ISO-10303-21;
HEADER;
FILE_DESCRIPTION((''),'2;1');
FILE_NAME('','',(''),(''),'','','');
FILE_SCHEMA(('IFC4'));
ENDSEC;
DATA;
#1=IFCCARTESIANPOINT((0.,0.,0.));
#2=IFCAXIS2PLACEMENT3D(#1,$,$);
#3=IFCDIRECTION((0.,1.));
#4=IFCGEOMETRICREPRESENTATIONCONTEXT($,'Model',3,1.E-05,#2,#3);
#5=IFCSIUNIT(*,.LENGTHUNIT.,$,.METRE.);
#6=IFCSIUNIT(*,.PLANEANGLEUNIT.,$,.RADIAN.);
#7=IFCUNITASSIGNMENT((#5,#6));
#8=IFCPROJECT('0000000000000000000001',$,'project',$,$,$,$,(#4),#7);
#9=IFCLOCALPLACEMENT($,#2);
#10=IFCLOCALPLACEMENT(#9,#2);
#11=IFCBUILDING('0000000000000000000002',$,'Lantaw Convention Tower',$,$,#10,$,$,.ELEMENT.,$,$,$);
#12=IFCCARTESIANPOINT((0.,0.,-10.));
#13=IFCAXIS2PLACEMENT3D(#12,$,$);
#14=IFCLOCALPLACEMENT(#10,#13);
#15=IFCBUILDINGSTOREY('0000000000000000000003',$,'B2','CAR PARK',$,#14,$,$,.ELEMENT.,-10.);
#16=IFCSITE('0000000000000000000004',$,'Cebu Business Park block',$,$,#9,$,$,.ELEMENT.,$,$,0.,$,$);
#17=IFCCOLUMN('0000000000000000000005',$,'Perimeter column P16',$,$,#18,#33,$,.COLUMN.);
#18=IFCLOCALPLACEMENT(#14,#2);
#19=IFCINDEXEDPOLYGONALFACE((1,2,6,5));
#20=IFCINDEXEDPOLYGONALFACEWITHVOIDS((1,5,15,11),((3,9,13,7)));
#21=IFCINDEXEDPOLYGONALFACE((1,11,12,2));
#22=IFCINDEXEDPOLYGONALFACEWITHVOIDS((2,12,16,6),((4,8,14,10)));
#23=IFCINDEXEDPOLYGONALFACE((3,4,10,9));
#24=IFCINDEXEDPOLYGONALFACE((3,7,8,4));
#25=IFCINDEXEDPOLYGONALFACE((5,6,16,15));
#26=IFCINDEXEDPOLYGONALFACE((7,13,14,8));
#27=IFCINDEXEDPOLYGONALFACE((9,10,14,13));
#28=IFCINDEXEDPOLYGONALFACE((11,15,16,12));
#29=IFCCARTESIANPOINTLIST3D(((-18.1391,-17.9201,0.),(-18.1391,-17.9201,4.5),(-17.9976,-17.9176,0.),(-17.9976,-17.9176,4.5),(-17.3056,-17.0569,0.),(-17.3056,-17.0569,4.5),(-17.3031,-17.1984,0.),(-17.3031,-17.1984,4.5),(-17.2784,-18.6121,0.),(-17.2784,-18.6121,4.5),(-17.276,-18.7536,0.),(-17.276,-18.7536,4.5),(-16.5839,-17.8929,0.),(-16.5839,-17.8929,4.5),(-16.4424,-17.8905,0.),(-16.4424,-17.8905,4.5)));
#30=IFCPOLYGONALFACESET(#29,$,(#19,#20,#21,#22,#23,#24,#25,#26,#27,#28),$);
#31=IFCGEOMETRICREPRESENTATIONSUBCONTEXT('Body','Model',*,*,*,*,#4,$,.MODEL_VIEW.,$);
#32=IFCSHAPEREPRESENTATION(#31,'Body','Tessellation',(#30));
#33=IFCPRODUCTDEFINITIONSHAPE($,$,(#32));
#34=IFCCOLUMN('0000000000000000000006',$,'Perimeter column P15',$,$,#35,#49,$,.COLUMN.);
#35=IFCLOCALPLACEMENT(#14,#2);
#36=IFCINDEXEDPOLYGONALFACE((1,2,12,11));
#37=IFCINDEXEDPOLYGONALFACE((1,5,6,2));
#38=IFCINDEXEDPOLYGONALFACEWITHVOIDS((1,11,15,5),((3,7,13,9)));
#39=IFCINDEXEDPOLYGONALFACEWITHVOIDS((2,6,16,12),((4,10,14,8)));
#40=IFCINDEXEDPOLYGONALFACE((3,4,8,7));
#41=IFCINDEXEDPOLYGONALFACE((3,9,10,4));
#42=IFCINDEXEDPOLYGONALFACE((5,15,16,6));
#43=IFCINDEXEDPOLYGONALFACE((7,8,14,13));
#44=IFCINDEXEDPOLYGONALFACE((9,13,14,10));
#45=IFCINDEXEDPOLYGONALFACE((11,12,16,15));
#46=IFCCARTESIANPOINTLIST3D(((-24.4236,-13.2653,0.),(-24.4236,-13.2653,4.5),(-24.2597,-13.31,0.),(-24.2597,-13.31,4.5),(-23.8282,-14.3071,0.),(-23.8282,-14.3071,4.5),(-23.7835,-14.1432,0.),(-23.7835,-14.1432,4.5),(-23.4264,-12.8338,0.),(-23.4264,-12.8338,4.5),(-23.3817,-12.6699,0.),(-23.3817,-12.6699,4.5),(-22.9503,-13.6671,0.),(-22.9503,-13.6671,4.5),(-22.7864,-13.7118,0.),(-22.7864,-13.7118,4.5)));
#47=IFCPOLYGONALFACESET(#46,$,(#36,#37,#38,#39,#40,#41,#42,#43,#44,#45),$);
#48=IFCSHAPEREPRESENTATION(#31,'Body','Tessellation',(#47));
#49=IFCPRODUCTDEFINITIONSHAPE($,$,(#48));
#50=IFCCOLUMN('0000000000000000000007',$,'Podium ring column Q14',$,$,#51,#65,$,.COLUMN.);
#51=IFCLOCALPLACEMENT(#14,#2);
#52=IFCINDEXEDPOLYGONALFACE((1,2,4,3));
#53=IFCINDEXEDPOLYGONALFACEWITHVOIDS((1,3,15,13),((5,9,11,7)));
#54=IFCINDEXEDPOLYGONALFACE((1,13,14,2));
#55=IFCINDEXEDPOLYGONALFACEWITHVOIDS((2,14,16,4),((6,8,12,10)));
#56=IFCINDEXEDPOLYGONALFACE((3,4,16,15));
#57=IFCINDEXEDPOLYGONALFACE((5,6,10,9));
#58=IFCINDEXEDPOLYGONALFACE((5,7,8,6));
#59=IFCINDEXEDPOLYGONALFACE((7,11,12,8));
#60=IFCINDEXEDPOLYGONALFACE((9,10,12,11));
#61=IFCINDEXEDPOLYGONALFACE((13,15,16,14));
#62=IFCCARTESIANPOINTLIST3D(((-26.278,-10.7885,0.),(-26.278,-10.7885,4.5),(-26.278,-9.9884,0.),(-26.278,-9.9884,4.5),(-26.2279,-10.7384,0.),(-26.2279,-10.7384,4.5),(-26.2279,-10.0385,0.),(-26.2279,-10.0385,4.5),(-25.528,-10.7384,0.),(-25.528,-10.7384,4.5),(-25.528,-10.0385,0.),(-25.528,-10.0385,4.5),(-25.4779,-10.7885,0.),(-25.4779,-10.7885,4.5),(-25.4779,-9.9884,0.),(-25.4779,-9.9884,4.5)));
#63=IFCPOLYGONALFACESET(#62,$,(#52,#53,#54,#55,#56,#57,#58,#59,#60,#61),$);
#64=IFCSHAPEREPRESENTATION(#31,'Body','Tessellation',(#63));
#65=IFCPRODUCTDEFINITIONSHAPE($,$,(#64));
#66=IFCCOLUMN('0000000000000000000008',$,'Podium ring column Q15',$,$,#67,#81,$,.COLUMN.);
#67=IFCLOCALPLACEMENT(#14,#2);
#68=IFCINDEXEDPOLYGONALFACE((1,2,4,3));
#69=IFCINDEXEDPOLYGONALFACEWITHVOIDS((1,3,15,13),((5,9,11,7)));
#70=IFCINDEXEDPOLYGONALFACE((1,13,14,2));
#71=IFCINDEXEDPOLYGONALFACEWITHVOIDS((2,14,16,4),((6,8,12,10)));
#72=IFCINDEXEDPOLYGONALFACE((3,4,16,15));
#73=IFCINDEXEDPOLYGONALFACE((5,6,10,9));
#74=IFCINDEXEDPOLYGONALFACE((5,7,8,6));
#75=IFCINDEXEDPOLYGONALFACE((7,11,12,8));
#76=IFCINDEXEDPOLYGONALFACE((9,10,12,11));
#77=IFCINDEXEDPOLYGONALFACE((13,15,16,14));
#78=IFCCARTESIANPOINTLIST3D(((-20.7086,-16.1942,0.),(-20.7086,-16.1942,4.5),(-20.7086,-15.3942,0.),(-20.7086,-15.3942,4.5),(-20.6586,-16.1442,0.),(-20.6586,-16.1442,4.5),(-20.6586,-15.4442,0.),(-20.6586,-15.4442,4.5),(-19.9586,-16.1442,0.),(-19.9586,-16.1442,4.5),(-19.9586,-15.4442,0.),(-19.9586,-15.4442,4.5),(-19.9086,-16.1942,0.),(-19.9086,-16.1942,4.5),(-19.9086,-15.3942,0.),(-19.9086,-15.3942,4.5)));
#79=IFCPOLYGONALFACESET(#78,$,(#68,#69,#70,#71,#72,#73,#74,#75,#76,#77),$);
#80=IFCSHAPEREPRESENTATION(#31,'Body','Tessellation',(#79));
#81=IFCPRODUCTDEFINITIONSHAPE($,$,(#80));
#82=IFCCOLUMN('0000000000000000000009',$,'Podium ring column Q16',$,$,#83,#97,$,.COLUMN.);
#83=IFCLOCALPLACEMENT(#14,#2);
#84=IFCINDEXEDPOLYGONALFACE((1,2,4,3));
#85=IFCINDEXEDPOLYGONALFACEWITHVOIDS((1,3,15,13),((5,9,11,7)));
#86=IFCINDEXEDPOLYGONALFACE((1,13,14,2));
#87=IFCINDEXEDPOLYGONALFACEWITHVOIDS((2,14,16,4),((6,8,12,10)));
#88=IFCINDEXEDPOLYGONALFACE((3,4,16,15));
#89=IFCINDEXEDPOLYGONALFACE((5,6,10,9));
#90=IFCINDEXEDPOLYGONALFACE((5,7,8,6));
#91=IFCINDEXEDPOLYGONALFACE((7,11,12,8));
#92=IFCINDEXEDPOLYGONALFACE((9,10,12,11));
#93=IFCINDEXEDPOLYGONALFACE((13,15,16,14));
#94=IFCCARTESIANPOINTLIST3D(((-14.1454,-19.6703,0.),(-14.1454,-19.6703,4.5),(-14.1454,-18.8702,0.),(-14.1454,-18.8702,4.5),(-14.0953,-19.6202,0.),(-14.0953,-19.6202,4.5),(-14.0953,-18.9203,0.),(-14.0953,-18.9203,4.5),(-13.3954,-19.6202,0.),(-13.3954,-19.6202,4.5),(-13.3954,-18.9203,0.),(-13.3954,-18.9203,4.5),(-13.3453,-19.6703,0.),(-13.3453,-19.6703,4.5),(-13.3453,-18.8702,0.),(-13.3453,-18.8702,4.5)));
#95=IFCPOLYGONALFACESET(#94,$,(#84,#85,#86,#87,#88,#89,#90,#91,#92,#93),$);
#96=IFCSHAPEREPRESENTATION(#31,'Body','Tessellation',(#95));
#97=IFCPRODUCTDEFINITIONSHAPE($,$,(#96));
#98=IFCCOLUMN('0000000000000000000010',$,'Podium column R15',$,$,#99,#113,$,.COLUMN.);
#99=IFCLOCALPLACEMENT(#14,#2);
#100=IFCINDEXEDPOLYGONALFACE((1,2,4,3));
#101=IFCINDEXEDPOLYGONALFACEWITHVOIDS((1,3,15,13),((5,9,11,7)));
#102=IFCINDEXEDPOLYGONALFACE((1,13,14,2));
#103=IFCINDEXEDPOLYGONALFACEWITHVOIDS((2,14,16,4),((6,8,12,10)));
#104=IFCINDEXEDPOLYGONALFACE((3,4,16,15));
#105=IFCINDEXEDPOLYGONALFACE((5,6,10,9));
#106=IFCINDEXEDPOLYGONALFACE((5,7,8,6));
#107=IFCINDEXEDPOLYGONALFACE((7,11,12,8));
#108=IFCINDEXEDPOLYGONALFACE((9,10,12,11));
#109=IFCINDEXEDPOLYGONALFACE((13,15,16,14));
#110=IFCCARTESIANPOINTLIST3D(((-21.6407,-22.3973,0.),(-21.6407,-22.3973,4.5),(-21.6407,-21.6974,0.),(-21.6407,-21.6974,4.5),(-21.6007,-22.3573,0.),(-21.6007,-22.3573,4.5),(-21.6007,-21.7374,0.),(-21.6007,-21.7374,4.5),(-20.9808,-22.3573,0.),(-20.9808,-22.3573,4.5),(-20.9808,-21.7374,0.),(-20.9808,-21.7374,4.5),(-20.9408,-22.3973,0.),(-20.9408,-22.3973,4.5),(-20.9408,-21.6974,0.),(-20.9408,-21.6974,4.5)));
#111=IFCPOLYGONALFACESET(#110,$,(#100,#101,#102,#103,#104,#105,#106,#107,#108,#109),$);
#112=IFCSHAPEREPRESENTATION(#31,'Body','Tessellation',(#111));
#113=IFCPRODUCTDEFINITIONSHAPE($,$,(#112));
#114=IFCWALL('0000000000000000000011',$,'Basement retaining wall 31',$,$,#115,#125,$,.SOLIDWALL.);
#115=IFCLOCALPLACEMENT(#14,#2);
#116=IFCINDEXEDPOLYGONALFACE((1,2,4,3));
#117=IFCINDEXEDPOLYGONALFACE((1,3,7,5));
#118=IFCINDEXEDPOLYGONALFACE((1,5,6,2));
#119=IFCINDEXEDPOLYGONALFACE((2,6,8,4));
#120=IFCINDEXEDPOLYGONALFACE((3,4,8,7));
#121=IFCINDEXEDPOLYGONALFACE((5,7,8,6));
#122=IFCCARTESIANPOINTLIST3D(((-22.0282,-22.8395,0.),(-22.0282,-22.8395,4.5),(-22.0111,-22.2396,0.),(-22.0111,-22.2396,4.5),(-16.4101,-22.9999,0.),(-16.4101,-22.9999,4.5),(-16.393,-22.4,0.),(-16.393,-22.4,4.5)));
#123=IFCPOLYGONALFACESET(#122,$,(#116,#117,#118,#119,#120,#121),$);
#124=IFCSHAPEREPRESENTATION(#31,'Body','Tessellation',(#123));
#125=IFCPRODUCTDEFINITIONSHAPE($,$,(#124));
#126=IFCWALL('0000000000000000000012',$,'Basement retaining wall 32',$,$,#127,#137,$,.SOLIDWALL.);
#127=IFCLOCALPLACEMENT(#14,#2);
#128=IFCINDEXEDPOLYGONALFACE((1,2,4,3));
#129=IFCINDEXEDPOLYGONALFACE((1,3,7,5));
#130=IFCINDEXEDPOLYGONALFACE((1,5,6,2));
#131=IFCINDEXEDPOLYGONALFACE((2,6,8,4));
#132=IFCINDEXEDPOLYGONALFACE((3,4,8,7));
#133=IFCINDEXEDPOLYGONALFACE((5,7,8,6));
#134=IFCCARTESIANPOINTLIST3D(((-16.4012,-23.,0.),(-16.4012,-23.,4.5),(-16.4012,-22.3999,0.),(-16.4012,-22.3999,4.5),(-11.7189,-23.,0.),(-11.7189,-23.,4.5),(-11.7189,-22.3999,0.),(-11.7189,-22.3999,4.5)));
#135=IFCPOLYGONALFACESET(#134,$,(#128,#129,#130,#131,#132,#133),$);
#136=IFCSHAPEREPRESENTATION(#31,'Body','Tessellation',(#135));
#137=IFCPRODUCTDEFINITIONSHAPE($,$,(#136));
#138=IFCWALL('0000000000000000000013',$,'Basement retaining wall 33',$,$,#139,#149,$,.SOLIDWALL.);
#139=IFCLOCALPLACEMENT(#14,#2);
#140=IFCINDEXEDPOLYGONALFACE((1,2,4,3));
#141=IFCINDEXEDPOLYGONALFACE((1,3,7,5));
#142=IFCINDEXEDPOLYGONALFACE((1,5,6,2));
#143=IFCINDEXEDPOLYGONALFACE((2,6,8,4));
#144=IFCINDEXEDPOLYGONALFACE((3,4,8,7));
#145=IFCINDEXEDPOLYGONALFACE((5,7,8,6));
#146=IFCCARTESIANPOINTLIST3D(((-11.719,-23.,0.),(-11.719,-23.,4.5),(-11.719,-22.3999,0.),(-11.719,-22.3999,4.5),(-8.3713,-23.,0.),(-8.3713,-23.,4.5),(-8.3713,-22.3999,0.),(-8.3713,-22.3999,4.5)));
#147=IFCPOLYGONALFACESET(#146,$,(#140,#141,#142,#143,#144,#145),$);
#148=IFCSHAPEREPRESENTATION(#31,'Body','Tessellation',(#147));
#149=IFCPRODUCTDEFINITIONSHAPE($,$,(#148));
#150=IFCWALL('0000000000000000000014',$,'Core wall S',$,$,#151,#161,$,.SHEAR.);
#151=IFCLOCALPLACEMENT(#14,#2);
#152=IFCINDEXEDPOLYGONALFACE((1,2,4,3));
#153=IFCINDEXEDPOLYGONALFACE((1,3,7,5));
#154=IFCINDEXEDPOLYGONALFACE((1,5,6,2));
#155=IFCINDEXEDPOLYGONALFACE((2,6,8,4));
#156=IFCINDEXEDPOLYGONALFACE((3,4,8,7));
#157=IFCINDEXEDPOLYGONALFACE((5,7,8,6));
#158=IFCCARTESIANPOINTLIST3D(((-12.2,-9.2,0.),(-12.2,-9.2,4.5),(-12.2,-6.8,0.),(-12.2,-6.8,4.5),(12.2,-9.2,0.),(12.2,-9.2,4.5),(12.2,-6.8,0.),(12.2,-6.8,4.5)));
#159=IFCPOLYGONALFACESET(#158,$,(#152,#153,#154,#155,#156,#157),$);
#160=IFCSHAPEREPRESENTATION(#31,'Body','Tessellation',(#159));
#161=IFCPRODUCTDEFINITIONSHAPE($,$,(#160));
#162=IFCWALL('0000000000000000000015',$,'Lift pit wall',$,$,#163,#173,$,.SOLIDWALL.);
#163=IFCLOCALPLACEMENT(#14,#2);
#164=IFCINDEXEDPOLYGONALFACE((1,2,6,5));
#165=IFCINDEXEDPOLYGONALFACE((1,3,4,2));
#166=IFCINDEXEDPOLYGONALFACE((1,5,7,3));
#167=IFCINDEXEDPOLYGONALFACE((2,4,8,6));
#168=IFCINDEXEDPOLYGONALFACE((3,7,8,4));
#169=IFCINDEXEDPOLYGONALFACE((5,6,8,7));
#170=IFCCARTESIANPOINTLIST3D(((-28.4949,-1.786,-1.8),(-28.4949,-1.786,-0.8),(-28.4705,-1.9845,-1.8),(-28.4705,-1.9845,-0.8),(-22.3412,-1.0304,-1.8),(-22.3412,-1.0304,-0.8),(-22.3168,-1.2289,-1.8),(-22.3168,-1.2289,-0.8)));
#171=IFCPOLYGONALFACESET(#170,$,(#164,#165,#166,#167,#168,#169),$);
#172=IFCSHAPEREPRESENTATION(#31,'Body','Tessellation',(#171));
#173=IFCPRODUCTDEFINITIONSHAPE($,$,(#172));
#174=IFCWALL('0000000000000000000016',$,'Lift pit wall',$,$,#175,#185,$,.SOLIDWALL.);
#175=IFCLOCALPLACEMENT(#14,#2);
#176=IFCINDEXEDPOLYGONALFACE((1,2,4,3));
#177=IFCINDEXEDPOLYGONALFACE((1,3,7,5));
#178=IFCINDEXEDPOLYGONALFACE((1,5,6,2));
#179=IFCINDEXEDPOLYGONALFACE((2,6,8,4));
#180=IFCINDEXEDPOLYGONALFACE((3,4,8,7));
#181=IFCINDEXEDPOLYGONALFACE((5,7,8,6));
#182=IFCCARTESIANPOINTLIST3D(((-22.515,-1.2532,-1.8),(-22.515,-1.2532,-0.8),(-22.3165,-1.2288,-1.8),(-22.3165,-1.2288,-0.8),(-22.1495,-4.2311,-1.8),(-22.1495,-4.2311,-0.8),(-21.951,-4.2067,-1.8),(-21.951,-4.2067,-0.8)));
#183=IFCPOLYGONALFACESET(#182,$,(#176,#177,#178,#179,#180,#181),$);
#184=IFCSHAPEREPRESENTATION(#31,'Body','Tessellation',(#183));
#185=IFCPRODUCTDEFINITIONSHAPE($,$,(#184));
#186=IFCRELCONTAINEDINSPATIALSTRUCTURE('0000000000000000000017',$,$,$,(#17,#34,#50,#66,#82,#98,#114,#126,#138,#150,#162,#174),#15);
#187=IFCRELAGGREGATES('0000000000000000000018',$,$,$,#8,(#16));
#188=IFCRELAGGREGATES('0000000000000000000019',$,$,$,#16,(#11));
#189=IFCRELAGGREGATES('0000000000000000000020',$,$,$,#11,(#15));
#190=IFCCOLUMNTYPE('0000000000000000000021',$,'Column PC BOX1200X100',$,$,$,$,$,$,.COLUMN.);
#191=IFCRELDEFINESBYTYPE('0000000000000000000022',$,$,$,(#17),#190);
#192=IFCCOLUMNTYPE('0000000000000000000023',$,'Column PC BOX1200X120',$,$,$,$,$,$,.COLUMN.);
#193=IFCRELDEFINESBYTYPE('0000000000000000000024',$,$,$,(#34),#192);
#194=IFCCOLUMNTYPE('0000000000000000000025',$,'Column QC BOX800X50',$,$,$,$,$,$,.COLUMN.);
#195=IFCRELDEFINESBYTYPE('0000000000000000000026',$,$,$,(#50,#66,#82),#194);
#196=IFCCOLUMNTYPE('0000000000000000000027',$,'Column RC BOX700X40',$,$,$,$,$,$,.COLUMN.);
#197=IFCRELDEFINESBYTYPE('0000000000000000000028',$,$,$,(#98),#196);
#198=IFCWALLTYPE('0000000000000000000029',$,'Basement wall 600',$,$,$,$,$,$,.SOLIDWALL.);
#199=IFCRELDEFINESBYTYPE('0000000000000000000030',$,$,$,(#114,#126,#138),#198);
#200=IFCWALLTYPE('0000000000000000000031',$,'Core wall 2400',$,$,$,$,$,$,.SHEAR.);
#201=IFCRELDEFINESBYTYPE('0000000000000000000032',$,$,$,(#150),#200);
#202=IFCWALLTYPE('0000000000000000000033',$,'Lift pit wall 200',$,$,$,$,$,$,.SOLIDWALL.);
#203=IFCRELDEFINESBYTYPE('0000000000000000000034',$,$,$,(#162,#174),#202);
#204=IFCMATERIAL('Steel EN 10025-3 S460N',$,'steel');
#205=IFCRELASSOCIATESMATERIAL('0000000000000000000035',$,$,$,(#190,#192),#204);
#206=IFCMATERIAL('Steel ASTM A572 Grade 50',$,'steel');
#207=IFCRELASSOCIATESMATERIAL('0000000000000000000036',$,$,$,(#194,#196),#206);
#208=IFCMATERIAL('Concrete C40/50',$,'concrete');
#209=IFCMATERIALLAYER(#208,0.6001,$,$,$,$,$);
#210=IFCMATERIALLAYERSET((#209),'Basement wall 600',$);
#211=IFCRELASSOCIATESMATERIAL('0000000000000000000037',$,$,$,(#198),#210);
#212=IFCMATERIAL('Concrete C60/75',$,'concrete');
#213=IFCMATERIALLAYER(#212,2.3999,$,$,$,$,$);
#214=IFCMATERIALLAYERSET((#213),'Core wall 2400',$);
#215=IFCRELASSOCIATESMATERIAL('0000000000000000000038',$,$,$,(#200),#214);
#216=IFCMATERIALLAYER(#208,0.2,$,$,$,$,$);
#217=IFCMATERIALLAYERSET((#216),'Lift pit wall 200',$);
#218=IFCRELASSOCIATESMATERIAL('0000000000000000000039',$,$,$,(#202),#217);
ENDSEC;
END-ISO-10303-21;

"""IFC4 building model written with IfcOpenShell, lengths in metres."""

from ifc_helpers import new_model, si_unit, direction, frame, frame_2d, origin, origin_2d, place, context, subcontext, project, spatial, rectangle, hollow_rectangle, extrude, material, layer, layer_set, material_profile, profile_set, type_object, element, save


model = new_model("IFC4")

# Units and contexts
model_context = context("Model", 3, precision=1e-05, world=origin(), true_north=direction((0.0, 1.0)))
body_context = subcontext(model_context, "Body", "Model", "MODEL_VIEW")
ifc_project = project(units=[si_unit("LENGTHUNIT", "METRE"), si_unit("PLANEANGLEUNIT", "RADIAN")], contexts=[model_context])

# Site, building, storey
site_placement = place(None, origin())
site = spatial("IfcSite", under=ifc_project, at=site_placement, Name="Cebu Business Park block", CompositionType="ELEMENT", RefElevation=0.0)
building_placement = place(site_placement, origin())
building = spatial("IfcBuilding", under=site, at=building_placement, Name="Lantaw Convention Tower", CompositionType="ELEMENT")
storey_placement = place(building_placement, frame((0.0, 0.0, -10.0)))
storey = spatial("IfcBuildingStorey", under=building, at=storey_placement, Name="B2", Description="CAR PARK", CompositionType="ELEMENT", Elevation=-10.0)

# Columns
ifc_material_1 = material(Name="Steel EN 10025-3 S460N", Category="steel")
ifc_material_2 = material(Name="Concrete C60/75", Category="concrete")
ifc_material_profile_1 = material_profile(ifc_material_1, hollow_rectangle(XDim=1.2, YDim=1.2, WallThickness=0.1001, at=origin_2d()), Name="BOX1200X100")
ifc_material_profile_2 = material_profile(ifc_material_2, rectangle(XDim=1.0, YDim=1.0, at=origin_2d()), Name="Concrete fill of BOX1200X100")
ifc_profile_set_1 = profile_set([ifc_material_profile_1, ifc_material_profile_2], Name="Steel EN 10025-3 S460N")
column_type_1 = type_object("IfcColumnType", Name="Column PC BOX1200X100", PredefinedType="COLUMN", material=ifc_profile_set_1)
column_1_placement = place(storey_placement, frame((-17.2908, -17.9053, 0.0), z_axis=(0.0, 0.0, 1.0), x_axis=(0.694658, 0.71934, 0.0)))
element("IfcColumn", 1, at=column_1_placement, inside=storey, type_object=column_type_1, Name="Perimeter column P16", PredefinedType="COLUMN", context=body_context, shape_type="SweptSolid", body=[
    extrude(hollow_rectangle(XDim=1.2, YDim=1.2, WallThickness=0.1001, at=origin_2d()), origin(), (0.0, 0.0, 1.0), 4.5),
])
ifc_material_profile_3 = material_profile(ifc_material_1, hollow_rectangle(XDim=1.2, YDim=1.2, WallThickness=0.1201, at=origin_2d()), Name="BOX1200X120")
ifc_material_profile_4 = material_profile(ifc_material_2, rectangle(XDim=0.96, YDim=0.96, at=origin_2d()), Name="Concrete fill of BOX1200X120")
ifc_profile_set_2 = profile_set([ifc_material_profile_3, ifc_material_profile_4], Name="Steel EN 10025-3 S460N")
column_type_2 = type_object("IfcColumnType", Name="Column PC BOX1200X120", PredefinedType="COLUMN", material=ifc_profile_set_2)
column_2_placement = place(storey_placement, frame((-23.605, -13.4885, 0.0), z_axis=(0.0, 0.0, 1.0), x_axis=(0.868243, 0.496139, 0.0)))
element("IfcColumn", 2, at=column_2_placement, inside=storey, type_object=column_type_2, Name="Perimeter column P15", PredefinedType="COLUMN", context=body_context, shape_type="SweptSolid", body=[
    extrude(hollow_rectangle(XDim=1.2, YDim=1.2, WallThickness=0.1201, at=origin_2d()), origin(), (0.0, 0.0, 1.0), 4.5),
])
ifc_material_3 = material(Name="Steel ASTM A572 Grade 50", Category="steel")
ifc_material_profile_5 = material_profile(ifc_material_3, hollow_rectangle(XDim=0.8, YDim=0.8, WallThickness=0.05, at=origin_2d()), Name="BOX800X50")
ifc_profile_set_3 = profile_set([ifc_material_profile_5], Name="Steel ASTM A572 Grade 50")
column_type_3 = type_object("IfcColumnType", Name="Column QC BOX800X50", PredefinedType="COLUMN", material=ifc_profile_set_3)
for number, where, z_axis, x_axis, name in (
    (3, (-25.8779, -10.3884, 0.0), (0.0, 0.0, 1.0), (1.0, 0.0, 0.0), "Podium ring column Q14"),
    (4, (-20.3086, -15.7942, 0.0), (0.0, 0.0, 1.0), (1.0, 0.0, 0.0), "Podium ring column Q15"),
    (5, (-13.7454, -19.2703, 0.0), (0.0, 0.0, 1.0), (1.0, 0.0, 0.0), "Podium ring column Q16"),
):
    element("IfcColumn", number, at=place(storey_placement, frame(where, z_axis=z_axis, x_axis=x_axis)), inside=storey, type_object=column_type_3, Name=name, PredefinedType="COLUMN", context=body_context, shape_type="SweptSolid", body=[
        extrude(hollow_rectangle(XDim=0.8, YDim=0.8, WallThickness=0.05, at=origin_2d()), origin(), (0.0, 0.0, 1.0), 4.5),
    ])
ifc_material_profile_6 = material_profile(ifc_material_3, hollow_rectangle(XDim=0.7, YDim=0.7, WallThickness=0.04, at=origin_2d()), Name="BOX700X40")
ifc_profile_set_4 = profile_set([ifc_material_profile_6], Name="Steel ASTM A572 Grade 50")
column_type_4 = type_object("IfcColumnType", Name="Column RC BOX700X40", PredefinedType="COLUMN", material=ifc_profile_set_4)
column_3_placement = place(storey_placement, frame((-21.2908, -22.0474, 0.0), z_axis=(0.0, 0.0, 1.0), x_axis=(1.0, 0.0, 0.0)))
element("IfcColumn", 6, at=column_3_placement, inside=storey, type_object=column_type_4, Name="Podium column R15", PredefinedType="COLUMN", context=body_context, shape_type="SweptSolid", body=[
    extrude(hollow_rectangle(XDim=0.7, YDim=0.7, WallThickness=0.04, at=origin_2d()), origin(), (0.0, 0.0, 1.0), 4.5),
])

# Walls
ifc_material_4 = material(Name="Concrete C40/50", Category="concrete")
ifc_layer_1 = layer(ifc_material_4, 0.6001)
ifc_layer_set_1 = layer_set([ifc_layer_1], Name="Basement wall 600")
wall_type_1 = type_object("IfcWallType", Name="Basement wall 600", PredefinedType="SOLIDWALL", material=ifc_layer_set_1)
wall_1_placement = place(storey_placement, frame((-22.0195, -22.5396, 0.0), z_axis=(0.0, 0.0, 1.0), x_axis=(0.999593, -0.028539, 0.0)))
element("IfcWall", 7, at=wall_1_placement, inside=storey, type_object=wall_type_1, Name="Basement retaining wall 31", PredefinedType="SOLIDWALL", context=body_context, shape_type="SweptSolid", body=[
    extrude(rectangle(XDim=5.6204, YDim=0.6001, at=frame_2d((2.8101, 0.0))), origin(), (0.0, 0.0, 1.0), 4.5),
])
wall_2_placement = place(storey_placement, frame((-16.4014, -22.7, 0.0), z_axis=(0.0, 0.0, 1.0), x_axis=(1.0, 0.0, 0.0)))
element("IfcWall", 8, at=wall_2_placement, inside=storey, type_object=wall_type_1, Name="Basement retaining wall 32", PredefinedType="SOLIDWALL", context=body_context, shape_type="SweptSolid", body=[
    extrude(rectangle(XDim=4.6824, YDim=0.6001, at=frame_2d((2.3413, 0.0))), origin(), (0.0, 0.0, 1.0), 4.5),
])
wall_3_placement = place(storey_placement, frame((-11.719, -22.7, 0.0), z_axis=(0.0, 0.0, 1.0), x_axis=(1.0, 0.0, 0.0)))
element("IfcWall", 9, at=wall_3_placement, inside=storey, type_object=wall_type_1, Name="Basement retaining wall 33", PredefinedType="SOLIDWALL", context=body_context, shape_type="SweptSolid", body=[
    extrude(rectangle(XDim=3.3477, YDim=0.6001, at=frame_2d((1.6738, 0.0))), origin(), (0.0, 0.0, 1.0), 4.5),
])
ifc_layer_2 = layer(ifc_material_2, 2.3999)
ifc_layer_set_2 = layer_set([ifc_layer_2], Name="Core wall 2400")
wall_type_2 = type_object("IfcWallType", Name="Core wall 2400", PredefinedType="SHEAR", material=ifc_layer_set_2)
wall_4_placement = place(storey_placement, frame((-12.2, -8.0, 0.0), z_axis=(0.0, 0.0, 1.0), x_axis=(1.0, 0.0, 0.0)))
element("IfcWall", 10, at=wall_4_placement, inside=storey, type_object=wall_type_2, Name="Core wall S", PredefinedType="SHEAR", context=body_context, shape_type="SweptSolid", body=[
    extrude(rectangle(XDim=24.3999, YDim=2.3999, at=frame_2d((12.2, 0.0))), origin(), (0.0, 0.0, 1.0), 4.5),
])
ifc_layer_3 = layer(ifc_material_4, 0.2)
ifc_layer_set_3 = layer_set([ifc_layer_3], Name="Lift pit wall 200")
wall_type_3 = type_object("IfcWallType", Name="Lift pit wall 200", PredefinedType="SOLIDWALL", material=ifc_layer_set_3)
wall_5_placement = place(storey_placement, frame((-22.3289, -1.1296, -1.8), z_axis=(0.0, 0.0, 1.0), x_axis=(-0.992546, -0.121873, 0.0)))
element("IfcWall", 11, at=wall_5_placement, inside=storey, type_object=wall_type_3, Name="Lift pit wall", PredefinedType="SOLIDWALL", context=body_context, shape_type="SweptSolid", body=[
    extrude(rectangle(XDim=6.2, YDim=0.2, at=frame_2d((3.1001, 0.0))), origin(), (0.0, 0.0, 1.0), 1.0),
])
wall_6_placement = place(storey_placement, frame((-22.0503, -4.2188, -1.8), z_axis=(0.0, 0.0, 1.0), x_axis=(-0.121821, 0.992552, 0.0)))
element("IfcWall", 12, at=wall_6_placement, inside=storey, type_object=wall_type_3, Name="Lift pit wall", PredefinedType="SOLIDWALL", context=body_context, shape_type="SweptSolid", body=[
    extrude(rectangle(XDim=3.0002, YDim=0.2, at=frame_2d((1.5, 0.0))), origin(), (0.0, 0.0, 1.0), 1.0),
])

save(model, "model.ifc")
